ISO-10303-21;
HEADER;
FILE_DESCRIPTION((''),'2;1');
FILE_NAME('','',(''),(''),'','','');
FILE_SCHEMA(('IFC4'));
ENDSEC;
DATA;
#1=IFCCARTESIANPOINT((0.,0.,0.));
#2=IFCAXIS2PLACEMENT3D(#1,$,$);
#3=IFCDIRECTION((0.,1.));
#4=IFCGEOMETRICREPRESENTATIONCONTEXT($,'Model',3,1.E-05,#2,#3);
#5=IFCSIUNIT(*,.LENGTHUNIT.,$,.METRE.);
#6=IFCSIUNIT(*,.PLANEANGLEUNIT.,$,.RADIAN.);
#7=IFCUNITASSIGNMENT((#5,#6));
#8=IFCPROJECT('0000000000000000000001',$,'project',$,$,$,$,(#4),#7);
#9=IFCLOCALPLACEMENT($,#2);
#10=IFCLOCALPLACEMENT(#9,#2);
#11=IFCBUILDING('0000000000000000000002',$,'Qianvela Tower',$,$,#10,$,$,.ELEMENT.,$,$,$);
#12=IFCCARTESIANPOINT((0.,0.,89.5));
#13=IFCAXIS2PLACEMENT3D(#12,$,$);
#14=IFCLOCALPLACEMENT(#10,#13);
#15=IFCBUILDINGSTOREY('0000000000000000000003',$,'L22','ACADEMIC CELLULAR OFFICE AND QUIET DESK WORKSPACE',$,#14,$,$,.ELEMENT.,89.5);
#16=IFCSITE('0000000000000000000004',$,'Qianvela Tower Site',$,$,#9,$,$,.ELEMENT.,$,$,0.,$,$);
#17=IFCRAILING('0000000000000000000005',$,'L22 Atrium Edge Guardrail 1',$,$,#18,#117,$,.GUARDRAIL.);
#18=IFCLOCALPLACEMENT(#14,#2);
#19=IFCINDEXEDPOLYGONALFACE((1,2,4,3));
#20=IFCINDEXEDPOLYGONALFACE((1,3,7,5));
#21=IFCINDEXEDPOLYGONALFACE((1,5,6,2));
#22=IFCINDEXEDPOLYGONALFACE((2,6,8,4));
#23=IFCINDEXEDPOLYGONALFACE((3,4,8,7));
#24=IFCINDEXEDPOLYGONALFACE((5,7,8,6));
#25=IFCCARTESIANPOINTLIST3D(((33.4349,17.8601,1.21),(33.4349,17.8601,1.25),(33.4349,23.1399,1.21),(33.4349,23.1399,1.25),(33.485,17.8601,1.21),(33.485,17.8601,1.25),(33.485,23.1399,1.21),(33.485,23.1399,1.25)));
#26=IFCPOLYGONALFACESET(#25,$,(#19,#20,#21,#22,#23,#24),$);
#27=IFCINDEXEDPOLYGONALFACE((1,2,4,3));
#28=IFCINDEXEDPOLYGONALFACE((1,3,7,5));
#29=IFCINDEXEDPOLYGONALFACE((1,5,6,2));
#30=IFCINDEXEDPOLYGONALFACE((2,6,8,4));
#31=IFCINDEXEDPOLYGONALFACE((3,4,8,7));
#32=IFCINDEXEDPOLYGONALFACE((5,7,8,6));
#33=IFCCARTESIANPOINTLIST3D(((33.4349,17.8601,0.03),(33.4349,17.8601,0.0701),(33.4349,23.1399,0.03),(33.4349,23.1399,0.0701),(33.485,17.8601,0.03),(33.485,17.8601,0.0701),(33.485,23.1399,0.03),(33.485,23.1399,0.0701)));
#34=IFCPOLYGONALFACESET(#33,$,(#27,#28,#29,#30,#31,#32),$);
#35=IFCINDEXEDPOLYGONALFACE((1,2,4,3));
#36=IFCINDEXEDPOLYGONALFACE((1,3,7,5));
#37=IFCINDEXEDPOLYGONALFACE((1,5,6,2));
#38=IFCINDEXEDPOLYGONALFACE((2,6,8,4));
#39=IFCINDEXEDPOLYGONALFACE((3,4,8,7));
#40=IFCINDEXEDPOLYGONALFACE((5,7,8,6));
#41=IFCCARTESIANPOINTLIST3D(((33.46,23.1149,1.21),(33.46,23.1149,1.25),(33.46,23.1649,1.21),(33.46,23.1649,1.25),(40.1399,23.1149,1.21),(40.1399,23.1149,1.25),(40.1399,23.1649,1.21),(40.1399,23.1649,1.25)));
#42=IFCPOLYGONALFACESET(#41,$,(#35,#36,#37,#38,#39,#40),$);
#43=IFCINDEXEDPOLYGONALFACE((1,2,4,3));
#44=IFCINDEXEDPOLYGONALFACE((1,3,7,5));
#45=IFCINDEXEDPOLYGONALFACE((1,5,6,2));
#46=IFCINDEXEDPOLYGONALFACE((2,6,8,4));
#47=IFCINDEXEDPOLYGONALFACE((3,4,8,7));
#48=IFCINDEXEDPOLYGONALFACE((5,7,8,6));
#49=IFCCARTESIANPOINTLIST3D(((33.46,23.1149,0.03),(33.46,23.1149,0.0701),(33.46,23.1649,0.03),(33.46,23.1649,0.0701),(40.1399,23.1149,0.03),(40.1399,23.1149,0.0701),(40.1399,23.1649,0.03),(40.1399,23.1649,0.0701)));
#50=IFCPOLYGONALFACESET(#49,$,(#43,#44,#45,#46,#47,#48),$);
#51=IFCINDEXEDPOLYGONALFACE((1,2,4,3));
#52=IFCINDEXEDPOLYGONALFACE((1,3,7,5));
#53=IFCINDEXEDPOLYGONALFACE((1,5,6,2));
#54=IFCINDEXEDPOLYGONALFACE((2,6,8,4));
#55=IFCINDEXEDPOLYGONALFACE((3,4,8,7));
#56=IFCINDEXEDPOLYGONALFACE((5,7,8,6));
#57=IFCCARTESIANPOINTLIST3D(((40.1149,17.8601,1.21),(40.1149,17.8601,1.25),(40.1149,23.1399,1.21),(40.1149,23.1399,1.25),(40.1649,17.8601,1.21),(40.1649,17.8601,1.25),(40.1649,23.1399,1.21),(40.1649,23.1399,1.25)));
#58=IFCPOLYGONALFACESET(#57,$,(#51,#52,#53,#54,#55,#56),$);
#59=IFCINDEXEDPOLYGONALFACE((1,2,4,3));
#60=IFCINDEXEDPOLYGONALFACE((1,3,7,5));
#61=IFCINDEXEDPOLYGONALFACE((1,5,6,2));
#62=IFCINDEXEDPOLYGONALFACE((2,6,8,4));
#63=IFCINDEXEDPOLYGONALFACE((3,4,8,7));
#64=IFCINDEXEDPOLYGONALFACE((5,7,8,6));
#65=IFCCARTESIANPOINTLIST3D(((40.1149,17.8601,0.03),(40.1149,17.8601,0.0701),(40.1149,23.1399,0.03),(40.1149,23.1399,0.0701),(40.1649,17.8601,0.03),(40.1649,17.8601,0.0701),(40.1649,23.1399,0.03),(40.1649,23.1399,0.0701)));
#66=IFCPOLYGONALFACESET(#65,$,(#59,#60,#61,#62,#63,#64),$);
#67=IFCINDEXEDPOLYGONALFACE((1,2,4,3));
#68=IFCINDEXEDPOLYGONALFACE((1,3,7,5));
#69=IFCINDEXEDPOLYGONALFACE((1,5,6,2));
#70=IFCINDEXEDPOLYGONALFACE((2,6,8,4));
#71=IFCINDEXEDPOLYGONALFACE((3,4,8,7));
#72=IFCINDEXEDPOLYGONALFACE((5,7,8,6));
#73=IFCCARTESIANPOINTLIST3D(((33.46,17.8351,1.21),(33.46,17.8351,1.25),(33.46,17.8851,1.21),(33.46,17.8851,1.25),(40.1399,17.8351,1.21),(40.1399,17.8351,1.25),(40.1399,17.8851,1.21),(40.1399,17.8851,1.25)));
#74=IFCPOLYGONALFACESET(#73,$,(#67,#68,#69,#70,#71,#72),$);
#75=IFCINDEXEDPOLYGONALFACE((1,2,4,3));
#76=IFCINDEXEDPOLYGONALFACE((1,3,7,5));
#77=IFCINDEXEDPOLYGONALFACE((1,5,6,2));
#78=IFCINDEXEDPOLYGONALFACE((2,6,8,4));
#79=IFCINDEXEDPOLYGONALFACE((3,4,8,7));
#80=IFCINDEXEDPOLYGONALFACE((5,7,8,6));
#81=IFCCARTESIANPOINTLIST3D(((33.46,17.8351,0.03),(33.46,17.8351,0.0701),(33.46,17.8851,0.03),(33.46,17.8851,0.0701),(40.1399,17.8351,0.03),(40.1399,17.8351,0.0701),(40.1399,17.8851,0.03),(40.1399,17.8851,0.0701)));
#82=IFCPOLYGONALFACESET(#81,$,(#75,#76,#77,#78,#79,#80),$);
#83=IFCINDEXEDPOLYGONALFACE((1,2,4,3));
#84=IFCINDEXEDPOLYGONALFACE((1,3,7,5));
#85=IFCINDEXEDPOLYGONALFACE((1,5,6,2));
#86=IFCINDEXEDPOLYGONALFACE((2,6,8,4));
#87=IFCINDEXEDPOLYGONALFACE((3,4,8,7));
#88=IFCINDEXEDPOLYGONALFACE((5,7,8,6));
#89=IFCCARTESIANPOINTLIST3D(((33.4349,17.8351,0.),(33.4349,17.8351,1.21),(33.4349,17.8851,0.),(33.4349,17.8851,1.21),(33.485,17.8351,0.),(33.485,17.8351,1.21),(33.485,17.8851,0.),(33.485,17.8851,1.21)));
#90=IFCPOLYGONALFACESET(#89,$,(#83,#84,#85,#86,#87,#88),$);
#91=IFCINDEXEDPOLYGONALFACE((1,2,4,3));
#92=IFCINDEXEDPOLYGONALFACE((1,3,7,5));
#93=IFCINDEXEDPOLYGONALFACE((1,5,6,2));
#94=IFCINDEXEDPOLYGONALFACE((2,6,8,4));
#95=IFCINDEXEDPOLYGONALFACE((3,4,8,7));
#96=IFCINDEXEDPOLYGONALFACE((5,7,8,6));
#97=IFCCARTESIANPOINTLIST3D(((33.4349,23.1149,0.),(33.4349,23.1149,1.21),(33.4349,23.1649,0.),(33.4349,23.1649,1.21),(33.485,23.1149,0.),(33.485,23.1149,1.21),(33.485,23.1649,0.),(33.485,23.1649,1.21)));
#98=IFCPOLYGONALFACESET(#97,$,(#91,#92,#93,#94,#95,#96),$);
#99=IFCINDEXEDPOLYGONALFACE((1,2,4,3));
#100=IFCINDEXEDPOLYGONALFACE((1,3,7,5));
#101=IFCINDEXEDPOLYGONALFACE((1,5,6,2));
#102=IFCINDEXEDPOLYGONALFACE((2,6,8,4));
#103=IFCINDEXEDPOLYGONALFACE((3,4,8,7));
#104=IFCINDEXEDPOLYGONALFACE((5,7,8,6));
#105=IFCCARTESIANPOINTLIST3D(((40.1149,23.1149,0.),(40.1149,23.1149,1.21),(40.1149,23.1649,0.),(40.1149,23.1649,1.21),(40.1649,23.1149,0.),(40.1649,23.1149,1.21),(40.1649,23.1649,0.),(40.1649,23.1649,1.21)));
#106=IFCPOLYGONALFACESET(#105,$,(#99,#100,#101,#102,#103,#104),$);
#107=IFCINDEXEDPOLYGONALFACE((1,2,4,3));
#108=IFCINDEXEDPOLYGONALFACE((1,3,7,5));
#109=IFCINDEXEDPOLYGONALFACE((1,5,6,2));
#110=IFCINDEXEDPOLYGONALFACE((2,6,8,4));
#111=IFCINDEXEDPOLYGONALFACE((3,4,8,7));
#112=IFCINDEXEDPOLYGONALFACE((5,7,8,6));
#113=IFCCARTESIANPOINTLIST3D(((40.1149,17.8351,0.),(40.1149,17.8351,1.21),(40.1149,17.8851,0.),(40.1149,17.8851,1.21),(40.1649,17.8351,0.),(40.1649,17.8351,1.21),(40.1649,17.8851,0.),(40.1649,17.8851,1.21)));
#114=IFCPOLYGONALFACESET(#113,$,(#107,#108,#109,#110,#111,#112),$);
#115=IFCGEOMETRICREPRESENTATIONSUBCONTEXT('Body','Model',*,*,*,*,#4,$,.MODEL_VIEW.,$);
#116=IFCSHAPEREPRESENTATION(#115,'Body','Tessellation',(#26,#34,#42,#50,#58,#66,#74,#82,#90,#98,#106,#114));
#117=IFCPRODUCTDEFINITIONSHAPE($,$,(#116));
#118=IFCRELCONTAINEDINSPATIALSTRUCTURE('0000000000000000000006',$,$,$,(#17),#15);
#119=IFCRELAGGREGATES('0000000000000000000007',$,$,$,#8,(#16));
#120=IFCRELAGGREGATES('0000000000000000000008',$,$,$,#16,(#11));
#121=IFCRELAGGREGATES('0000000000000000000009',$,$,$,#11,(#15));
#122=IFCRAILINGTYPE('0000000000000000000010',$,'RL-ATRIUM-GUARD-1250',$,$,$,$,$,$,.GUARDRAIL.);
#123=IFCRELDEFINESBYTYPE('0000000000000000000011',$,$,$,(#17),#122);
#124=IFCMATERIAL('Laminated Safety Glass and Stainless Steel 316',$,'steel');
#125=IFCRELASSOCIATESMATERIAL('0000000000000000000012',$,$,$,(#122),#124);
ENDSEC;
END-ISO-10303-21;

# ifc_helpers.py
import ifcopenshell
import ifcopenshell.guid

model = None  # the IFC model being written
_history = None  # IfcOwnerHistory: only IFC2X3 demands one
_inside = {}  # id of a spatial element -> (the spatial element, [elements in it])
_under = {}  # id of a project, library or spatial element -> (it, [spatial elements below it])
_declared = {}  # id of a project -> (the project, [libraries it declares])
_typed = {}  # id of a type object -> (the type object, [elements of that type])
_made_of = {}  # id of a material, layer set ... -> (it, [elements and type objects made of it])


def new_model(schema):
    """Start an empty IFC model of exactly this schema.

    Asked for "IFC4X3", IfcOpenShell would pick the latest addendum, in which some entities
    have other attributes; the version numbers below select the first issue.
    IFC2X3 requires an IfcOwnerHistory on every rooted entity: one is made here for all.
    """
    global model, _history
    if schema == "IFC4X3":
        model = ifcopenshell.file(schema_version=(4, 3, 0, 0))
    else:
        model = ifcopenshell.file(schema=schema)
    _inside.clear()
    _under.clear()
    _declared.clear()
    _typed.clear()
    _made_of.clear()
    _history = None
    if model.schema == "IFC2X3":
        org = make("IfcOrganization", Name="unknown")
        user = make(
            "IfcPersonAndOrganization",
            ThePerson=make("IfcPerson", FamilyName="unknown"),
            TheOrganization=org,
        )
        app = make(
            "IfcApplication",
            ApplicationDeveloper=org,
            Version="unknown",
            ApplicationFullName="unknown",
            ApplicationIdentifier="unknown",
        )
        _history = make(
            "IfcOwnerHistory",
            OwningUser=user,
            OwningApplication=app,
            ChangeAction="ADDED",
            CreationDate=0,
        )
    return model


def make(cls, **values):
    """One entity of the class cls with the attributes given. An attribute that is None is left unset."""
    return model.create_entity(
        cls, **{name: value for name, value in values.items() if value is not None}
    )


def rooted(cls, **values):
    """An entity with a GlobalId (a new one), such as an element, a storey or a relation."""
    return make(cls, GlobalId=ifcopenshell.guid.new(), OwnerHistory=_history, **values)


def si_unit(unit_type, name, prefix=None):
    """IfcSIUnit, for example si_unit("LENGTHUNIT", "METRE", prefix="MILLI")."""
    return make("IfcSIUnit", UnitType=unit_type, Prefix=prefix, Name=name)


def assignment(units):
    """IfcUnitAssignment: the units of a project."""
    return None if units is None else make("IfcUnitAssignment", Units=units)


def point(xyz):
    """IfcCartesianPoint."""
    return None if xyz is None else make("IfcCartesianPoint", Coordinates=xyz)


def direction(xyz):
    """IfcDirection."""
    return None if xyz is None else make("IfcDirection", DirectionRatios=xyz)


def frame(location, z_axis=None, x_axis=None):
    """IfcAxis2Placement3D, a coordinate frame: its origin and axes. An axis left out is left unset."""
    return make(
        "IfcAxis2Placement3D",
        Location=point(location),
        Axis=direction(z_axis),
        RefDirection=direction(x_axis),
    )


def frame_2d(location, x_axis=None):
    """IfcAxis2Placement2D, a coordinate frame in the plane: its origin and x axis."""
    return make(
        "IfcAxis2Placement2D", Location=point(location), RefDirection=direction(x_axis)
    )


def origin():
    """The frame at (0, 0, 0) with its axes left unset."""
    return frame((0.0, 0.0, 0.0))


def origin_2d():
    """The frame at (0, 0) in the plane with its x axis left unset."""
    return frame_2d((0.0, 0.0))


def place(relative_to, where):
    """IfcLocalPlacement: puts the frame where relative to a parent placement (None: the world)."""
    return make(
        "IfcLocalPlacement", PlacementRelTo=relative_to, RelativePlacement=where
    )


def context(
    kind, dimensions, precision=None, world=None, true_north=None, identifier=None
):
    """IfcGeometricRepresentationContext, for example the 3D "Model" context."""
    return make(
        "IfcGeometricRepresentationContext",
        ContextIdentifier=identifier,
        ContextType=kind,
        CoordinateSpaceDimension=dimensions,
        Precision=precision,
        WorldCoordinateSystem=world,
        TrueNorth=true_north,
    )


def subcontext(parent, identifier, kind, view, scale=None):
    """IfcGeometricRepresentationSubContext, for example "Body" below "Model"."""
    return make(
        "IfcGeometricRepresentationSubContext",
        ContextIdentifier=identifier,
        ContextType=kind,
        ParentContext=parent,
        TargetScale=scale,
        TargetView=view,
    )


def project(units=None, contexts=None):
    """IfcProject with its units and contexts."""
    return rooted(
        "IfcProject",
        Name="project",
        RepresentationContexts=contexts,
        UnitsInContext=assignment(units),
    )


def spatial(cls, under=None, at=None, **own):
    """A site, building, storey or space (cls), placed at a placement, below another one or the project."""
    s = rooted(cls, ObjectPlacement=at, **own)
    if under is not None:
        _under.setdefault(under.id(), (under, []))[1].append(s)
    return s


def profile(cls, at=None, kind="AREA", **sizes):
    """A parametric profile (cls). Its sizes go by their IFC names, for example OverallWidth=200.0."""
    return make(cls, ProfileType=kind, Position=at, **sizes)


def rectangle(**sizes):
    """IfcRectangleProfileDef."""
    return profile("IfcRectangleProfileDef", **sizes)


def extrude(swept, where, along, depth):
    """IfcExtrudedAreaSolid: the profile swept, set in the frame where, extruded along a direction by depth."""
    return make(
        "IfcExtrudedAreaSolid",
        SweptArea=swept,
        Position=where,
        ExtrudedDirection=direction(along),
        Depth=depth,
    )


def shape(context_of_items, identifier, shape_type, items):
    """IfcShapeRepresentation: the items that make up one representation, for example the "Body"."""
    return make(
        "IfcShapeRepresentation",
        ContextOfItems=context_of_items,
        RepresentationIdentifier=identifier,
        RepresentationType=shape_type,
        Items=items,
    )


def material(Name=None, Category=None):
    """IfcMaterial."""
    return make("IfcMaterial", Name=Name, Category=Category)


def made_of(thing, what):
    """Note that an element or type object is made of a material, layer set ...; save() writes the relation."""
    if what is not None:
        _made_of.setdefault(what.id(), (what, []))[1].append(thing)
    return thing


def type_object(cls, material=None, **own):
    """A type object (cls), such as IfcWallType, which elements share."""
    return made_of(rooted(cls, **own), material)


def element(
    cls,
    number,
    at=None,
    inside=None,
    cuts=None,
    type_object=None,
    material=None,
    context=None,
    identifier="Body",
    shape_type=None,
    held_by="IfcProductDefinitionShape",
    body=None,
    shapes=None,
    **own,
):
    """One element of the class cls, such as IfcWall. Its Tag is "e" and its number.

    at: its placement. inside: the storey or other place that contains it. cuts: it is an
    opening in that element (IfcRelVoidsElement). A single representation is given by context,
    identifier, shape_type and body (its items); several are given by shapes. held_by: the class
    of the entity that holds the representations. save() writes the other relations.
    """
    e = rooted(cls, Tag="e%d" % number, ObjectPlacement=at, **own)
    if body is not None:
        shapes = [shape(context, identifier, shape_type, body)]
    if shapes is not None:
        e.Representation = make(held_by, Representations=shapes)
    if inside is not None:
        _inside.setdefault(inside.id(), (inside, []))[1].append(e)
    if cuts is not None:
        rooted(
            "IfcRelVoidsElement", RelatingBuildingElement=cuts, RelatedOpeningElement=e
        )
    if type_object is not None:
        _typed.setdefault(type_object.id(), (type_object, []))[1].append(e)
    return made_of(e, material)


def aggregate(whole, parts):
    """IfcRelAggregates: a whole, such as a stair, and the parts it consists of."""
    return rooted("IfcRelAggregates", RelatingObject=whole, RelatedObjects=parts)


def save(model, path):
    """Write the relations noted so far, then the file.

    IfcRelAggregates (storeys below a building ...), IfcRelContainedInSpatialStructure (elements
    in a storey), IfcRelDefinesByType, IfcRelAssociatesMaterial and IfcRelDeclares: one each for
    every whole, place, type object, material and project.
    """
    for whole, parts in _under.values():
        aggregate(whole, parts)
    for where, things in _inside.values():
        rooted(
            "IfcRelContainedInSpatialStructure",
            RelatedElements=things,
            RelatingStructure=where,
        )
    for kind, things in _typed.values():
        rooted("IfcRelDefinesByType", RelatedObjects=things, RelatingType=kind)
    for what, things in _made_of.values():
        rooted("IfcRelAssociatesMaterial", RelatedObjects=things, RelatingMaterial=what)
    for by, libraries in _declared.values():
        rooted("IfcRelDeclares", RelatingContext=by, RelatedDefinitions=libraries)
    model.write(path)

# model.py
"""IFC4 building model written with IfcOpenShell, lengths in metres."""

from ifc_helpers import new_model, si_unit, direction, frame, origin, origin_2d, place, context, subcontext, project, spatial, rectangle, extrude, material, type_object, element, save


model = new_model("IFC4")

# Units and contexts
model_context = context("Model", 3, precision=1e-05, world=origin(), true_north=direction((0.0, 1.0)))
body_context = subcontext(model_context, "Body", "Model", "MODEL_VIEW")
ifc_project = project(units=[si_unit("LENGTHUNIT", "METRE"), si_unit("PLANEANGLEUNIT", "RADIAN")], contexts=[model_context])

# Site, building, storey
site_placement = place(None, origin())
site = spatial("IfcSite", under=ifc_project, at=site_placement, Name="Qianvela Tower Site", CompositionType="ELEMENT", RefElevation=0.0)
building_placement = place(site_placement, origin())
building = spatial("IfcBuilding", under=site, at=building_placement, Name="Qianvela Tower", CompositionType="ELEMENT")
storey_placement = place(building_placement, frame((0.0, 0.0, 89.5)))
storey = spatial("IfcBuildingStorey", under=building, at=storey_placement, Name="L22", Description="ACADEMIC CELLULAR OFFICE AND QUIET DESK WORKSPACE", CompositionType="ELEMENT", Elevation=89.5)

# Railing
ifc_material_1 = material(Name="Laminated Safety Glass and Stainless Steel 316", Category="steel")
railing_type = type_object("IfcRailingType", Name="RL-ATRIUM-GUARD-1250", PredefinedType="GUARDRAIL", material=ifc_material_1)
railing_placement = place(storey_placement, frame((33.46, 17.8601, 0.0)))
element("IfcRailing", 1, at=railing_placement, inside=storey, type_object=railing_type, Name="L22 Atrium Edge Guardrail 1", PredefinedType="GUARDRAIL", context=body_context, shape_type="SweptSolid", body=[
    extrude(rectangle(XDim=0.05, YDim=0.04, at=origin_2d()), frame((0.0, 0.0, 1.23), z_axis=(0.0, 1.0, 0.0), x_axis=(-1.0, 0.0, 0.0)), (0.0, 0.0, 1.0), 5.2798),
    extrude(rectangle(XDim=0.05, YDim=0.04, at=origin_2d()), frame((0.0, 0.0, 0.05), z_axis=(0.0, 1.0, 0.0), x_axis=(-1.0, 0.0, 0.0)), (0.0, 0.0, 1.0), 5.2798),
    extrude(rectangle(XDim=0.05, YDim=0.04, at=origin_2d()), frame((0.0, 5.2798, 1.23), z_axis=(1.0, 0.0, 0.0), x_axis=(0.0, 1.0, 0.0)), (0.0, 0.0, 1.0), 6.6799),
    extrude(rectangle(XDim=0.05, YDim=0.04, at=origin_2d()), frame((0.0, 5.2798, 0.05), z_axis=(1.0, 0.0, 0.0), x_axis=(0.0, 1.0, 0.0)), (0.0, 0.0, 1.0), 6.6799),
    extrude(rectangle(XDim=0.05, YDim=0.04, at=origin_2d()), frame((6.6799, 5.2798, 1.23), z_axis=(0.0, -1.0, 0.0), x_axis=(1.0, 0.0, 0.0)), (0.0, 0.0, 1.0), 5.2798),
    extrude(rectangle(XDim=0.05, YDim=0.04, at=origin_2d()), frame((6.6799, 5.2798, 0.05), z_axis=(0.0, -1.0, 0.0), x_axis=(1.0, 0.0, 0.0)), (0.0, 0.0, 1.0), 5.2798),
    extrude(rectangle(XDim=0.05, YDim=0.04, at=origin_2d()), frame((6.6799, 0.0, 1.23), z_axis=(-1.0, 0.0, 0.0), x_axis=(0.0, -1.0, 0.0)), (0.0, 0.0, 1.0), 6.6799),
    extrude(rectangle(XDim=0.05, YDim=0.04, at=origin_2d()), frame((6.6799, 0.0, 0.05), z_axis=(-1.0, 0.0, 0.0), x_axis=(0.0, -1.0, 0.0)), (0.0, 0.0, 1.0), 6.6799),
    extrude(rectangle(XDim=0.05, YDim=0.05, at=origin_2d()), origin(), (0.0, 0.0, 1.0), 1.21),
    extrude(rectangle(XDim=0.05, YDim=0.05, at=origin_2d()), frame((0.0, 5.2798, 0.0)), (0.0, 0.0, 1.0), 1.21),
    extrude(rectangle(XDim=0.05, YDim=0.05, at=origin_2d()), frame((6.6799, 5.2798, 0.0)), (0.0, 0.0, 1.0), 1.21),
    extrude(rectangle(XDim=0.05, YDim=0.05, at=origin_2d()), frame((6.6799, 0.0, 0.0)), (0.0, 0.0, 1.0), 1.21),
])

save(model, "model.ifc")
